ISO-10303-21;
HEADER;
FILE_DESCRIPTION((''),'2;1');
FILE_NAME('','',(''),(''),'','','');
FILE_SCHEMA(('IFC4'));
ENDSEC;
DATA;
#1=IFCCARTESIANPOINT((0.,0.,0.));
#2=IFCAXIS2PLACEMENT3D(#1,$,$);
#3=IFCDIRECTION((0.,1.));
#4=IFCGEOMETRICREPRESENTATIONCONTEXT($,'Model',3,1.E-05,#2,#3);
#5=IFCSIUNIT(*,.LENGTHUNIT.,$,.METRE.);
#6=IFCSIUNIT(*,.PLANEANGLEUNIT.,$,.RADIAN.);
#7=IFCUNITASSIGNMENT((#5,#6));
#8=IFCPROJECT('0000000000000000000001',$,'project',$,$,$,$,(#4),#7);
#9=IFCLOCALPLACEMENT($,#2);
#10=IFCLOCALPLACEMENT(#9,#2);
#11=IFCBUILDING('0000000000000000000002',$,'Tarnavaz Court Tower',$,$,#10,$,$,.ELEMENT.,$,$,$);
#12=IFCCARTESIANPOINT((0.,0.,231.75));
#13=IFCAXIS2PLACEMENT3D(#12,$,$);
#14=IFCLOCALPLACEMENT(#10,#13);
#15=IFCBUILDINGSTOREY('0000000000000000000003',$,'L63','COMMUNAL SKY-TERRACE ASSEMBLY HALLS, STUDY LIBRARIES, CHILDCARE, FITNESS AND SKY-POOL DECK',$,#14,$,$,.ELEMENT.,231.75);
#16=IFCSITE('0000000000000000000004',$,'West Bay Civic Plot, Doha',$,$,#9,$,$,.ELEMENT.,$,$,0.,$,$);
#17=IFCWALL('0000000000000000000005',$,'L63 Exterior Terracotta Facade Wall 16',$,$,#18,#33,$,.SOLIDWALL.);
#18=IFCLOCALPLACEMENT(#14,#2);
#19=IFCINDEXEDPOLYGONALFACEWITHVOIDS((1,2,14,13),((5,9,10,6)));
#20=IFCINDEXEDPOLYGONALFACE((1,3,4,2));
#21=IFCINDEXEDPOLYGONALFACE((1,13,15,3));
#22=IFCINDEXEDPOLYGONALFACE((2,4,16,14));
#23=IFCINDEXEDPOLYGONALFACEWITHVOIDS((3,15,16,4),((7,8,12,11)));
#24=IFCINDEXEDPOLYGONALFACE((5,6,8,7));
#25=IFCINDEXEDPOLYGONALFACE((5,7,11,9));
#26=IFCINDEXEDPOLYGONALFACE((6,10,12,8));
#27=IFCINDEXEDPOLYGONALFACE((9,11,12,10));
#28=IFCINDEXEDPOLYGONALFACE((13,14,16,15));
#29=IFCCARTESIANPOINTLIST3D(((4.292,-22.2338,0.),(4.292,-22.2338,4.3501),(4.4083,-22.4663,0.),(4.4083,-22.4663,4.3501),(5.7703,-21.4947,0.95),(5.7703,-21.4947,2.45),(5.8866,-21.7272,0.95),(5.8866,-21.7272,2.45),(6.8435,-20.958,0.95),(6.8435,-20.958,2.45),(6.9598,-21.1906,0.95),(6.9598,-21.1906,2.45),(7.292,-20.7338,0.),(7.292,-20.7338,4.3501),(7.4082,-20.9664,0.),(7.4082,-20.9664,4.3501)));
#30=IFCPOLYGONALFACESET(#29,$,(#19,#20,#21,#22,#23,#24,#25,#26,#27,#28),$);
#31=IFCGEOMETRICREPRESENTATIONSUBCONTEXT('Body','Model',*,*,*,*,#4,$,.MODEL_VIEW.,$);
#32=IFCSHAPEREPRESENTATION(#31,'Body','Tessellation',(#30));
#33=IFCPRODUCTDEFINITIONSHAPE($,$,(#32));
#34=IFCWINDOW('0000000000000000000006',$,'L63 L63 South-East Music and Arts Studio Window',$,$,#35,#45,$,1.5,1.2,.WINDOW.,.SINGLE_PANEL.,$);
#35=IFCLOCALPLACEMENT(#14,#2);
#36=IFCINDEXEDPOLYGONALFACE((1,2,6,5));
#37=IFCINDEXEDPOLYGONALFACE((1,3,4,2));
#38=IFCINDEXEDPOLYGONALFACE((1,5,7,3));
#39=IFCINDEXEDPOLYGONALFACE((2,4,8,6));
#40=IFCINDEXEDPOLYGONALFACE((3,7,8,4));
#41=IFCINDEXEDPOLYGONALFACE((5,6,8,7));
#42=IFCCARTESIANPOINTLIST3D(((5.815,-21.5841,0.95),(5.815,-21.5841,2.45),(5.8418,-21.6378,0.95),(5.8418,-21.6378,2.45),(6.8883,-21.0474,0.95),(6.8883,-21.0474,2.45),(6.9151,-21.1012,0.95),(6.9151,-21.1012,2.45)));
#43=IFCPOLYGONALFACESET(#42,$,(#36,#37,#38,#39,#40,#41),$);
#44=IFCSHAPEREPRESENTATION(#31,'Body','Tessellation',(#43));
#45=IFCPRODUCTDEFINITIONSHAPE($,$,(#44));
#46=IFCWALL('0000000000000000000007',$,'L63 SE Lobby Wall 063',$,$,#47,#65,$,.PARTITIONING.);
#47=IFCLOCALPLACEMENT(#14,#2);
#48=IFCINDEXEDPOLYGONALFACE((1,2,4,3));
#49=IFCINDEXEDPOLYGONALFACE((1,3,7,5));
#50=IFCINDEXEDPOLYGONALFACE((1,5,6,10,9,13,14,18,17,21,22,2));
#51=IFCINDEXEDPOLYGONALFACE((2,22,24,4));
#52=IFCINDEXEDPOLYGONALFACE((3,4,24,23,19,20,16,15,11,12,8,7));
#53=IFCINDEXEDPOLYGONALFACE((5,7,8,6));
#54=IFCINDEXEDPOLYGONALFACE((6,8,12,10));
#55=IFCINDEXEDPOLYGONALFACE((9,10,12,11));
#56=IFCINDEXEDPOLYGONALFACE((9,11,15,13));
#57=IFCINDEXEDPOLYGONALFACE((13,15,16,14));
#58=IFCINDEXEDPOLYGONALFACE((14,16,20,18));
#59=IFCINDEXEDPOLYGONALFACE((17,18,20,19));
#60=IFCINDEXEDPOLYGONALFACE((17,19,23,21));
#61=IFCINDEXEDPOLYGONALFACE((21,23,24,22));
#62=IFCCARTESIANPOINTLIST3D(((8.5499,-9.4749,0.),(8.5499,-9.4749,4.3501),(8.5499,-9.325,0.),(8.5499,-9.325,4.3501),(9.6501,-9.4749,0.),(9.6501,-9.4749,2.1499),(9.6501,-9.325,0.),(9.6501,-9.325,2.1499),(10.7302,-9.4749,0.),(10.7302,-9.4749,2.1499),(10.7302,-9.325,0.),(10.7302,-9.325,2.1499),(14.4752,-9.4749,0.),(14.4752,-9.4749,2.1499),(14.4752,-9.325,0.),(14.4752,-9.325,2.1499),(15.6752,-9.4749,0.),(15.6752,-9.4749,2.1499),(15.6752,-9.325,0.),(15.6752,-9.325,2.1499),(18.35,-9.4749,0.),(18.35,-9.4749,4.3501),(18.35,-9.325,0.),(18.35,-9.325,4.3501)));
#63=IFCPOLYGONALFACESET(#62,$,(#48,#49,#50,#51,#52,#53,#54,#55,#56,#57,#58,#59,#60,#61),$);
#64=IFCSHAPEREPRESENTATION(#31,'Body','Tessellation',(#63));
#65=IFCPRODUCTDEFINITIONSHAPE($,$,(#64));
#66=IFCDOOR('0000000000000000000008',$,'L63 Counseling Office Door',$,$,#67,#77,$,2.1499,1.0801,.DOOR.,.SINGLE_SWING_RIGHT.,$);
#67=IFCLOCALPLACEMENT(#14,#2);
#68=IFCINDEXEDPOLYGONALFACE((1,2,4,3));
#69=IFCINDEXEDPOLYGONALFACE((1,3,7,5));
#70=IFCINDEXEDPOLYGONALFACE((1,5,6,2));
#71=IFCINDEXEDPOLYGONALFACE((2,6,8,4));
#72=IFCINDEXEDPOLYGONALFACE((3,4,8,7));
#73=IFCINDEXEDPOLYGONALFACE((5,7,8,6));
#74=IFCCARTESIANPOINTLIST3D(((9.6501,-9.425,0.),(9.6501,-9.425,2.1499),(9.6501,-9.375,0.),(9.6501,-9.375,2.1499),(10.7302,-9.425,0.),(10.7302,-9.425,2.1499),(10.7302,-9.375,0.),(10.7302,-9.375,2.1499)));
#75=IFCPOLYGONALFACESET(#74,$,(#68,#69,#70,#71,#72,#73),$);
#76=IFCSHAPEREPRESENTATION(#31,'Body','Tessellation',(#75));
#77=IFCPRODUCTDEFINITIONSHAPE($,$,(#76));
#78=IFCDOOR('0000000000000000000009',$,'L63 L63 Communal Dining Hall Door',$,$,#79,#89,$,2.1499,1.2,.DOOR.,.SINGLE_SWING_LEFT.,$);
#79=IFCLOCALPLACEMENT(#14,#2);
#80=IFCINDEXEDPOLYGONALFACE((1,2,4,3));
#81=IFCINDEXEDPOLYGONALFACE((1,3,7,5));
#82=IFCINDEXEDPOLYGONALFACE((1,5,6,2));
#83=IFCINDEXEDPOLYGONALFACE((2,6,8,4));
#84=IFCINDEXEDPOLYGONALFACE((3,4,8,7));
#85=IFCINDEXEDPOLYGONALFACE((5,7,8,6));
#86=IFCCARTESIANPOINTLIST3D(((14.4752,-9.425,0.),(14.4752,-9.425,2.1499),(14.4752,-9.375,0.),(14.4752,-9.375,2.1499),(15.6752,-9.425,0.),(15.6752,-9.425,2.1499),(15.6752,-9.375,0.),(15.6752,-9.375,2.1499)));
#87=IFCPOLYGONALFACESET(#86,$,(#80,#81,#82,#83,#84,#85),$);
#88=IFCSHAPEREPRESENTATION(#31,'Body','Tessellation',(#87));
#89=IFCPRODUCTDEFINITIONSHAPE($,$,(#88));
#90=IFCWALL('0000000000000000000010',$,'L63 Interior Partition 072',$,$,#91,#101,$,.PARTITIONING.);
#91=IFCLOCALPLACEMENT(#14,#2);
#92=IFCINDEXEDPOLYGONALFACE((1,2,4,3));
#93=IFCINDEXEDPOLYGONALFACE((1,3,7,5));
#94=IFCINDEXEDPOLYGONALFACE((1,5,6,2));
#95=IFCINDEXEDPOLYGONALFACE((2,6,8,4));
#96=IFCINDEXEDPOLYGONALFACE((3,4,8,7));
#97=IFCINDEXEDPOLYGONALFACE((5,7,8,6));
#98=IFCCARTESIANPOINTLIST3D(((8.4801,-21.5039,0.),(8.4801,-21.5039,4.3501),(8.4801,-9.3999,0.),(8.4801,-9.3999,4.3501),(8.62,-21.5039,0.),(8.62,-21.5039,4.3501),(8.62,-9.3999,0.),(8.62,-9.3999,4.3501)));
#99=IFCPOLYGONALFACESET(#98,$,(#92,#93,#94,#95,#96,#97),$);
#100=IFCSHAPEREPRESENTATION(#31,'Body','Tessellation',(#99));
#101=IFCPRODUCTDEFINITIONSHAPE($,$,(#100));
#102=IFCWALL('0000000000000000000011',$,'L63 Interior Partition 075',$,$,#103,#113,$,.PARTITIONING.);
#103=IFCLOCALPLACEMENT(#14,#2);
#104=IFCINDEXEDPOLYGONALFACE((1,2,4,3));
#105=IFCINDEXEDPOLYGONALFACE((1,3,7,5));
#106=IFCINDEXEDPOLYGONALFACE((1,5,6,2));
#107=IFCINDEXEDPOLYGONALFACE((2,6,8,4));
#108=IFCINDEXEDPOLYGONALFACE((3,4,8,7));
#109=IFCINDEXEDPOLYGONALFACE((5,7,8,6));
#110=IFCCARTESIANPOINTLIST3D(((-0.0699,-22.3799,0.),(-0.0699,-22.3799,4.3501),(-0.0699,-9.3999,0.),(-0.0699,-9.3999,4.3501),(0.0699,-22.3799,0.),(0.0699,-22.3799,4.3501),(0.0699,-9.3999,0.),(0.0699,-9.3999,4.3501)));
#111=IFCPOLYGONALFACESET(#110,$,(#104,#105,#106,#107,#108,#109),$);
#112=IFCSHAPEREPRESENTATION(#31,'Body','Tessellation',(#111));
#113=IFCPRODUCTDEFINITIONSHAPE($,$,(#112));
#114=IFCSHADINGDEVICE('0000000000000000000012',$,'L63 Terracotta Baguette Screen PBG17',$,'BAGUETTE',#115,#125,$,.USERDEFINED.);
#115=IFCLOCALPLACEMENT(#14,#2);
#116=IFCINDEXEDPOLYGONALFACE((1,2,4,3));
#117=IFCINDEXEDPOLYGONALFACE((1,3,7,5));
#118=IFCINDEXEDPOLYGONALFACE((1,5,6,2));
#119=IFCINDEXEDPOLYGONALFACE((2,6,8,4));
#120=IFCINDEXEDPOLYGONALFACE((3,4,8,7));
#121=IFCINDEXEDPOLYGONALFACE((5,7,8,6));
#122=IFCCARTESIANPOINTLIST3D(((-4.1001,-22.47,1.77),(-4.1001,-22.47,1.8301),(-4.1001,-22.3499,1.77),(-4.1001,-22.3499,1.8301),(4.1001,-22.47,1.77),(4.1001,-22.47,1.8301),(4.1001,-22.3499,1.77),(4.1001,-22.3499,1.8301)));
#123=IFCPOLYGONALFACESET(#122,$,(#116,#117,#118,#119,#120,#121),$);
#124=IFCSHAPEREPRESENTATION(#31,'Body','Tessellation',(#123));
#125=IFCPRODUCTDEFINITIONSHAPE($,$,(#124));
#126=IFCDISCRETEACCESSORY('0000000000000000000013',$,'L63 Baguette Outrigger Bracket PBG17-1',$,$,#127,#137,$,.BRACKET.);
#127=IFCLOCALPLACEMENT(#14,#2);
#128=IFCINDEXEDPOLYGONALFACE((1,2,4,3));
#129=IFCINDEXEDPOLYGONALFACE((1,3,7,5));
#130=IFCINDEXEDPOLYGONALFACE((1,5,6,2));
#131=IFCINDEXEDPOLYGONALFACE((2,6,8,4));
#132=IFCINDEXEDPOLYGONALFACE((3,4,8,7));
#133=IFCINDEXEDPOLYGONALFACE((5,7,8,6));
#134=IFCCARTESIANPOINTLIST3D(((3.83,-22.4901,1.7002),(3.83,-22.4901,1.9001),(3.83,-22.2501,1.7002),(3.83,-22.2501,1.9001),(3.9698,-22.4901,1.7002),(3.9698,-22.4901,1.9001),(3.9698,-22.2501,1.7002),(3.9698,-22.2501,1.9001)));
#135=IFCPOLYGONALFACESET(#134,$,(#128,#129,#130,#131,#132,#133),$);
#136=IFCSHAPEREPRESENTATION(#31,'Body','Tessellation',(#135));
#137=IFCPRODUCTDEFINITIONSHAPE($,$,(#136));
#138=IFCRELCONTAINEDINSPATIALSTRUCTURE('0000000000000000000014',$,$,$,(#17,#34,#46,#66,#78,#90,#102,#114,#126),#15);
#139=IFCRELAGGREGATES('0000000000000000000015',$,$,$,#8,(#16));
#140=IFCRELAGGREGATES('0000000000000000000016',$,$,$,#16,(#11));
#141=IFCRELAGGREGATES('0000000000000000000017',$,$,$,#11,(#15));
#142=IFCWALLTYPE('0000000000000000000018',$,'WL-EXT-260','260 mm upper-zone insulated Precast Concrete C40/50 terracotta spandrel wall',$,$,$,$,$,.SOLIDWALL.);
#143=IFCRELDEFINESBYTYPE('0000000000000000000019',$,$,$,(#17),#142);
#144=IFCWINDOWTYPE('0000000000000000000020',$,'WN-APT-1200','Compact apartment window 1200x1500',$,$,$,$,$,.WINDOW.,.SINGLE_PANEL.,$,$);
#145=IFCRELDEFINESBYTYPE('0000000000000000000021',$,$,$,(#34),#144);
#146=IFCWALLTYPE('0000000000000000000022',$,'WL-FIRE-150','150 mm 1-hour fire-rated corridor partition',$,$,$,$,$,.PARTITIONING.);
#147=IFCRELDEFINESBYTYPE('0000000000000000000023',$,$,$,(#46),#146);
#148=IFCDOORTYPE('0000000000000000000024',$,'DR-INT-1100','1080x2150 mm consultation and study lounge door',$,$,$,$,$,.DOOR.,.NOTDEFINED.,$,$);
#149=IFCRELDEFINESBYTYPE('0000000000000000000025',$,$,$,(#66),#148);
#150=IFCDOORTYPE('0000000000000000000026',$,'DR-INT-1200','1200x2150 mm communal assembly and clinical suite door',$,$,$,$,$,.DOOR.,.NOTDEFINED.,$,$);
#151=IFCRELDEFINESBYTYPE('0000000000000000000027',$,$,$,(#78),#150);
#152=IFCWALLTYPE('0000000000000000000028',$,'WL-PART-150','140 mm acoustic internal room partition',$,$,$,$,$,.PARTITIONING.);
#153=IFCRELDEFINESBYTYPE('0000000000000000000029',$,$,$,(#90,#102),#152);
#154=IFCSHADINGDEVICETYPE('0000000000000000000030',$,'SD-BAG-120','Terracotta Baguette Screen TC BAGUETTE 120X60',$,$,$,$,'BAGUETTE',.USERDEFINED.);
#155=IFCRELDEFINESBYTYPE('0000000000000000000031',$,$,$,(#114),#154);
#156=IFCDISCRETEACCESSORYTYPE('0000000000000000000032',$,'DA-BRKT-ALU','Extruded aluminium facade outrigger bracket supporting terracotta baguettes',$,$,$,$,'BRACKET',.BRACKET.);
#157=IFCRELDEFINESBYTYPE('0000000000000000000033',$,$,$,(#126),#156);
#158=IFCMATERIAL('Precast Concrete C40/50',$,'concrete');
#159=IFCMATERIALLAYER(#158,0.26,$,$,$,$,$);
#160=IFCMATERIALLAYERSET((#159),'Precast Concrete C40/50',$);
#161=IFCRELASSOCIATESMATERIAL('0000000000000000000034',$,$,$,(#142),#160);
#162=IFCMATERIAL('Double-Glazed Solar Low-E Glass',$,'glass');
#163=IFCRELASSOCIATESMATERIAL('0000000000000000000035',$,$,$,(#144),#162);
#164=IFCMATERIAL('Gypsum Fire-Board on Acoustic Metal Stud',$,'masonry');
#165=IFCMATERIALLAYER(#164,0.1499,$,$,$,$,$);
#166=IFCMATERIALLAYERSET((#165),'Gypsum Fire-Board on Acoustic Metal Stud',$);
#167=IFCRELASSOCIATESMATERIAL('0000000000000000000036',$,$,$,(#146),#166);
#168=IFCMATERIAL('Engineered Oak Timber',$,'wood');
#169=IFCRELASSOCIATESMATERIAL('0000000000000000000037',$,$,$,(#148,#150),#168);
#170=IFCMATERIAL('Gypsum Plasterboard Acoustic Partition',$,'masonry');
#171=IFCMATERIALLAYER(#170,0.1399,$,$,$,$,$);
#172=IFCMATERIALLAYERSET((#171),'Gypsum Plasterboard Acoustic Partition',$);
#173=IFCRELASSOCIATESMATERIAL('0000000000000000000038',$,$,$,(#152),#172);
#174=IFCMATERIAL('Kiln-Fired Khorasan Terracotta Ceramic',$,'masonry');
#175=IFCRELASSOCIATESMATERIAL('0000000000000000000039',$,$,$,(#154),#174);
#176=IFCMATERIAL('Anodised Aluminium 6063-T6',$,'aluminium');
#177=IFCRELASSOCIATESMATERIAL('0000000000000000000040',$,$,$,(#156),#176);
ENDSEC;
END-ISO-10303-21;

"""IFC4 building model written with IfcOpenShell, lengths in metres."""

from ifc_helpers import new_model, si_unit, direction, frame, frame_2d, origin, origin_2d, place, context, subcontext, project, spatial, rectangle, extrude, material, layer, layer_set, material_profile, profile_set, type_object, element, fill, save


model = new_model("IFC4")

# Units and contexts
model_context = context("Model", 3, precision=1e-05, world=origin(), true_north=direction((0.0, 1.0)))
body_context = subcontext(model_context, "Body", "Model", "MODEL_VIEW")
ifc_project = project(units=[si_unit("LENGTHUNIT", "METRE"), si_unit("PLANEANGLEUNIT", "RADIAN")], contexts=[model_context])

# Site, building, storey
site_placement = place(None, origin())
site = spatial("IfcSite", under=ifc_project, at=site_placement, Name="West Bay Civic Plot, Doha", CompositionType="ELEMENT", RefElevation=0.0)
building_placement = place(site_placement, origin())
building = spatial("IfcBuilding", under=site, at=building_placement, Name="Tarnavaz Court Tower", CompositionType="ELEMENT")
storey_placement = place(building_placement, frame((0.0, 0.0, 231.75)))
storey = spatial("IfcBuildingStorey", under=building, at=storey_placement, Name="L63", Description="COMMUNAL SKY-TERRACE ASSEMBLY HALLS, STUDY LIBRARIES, CHILDCARE, FITNESS AND SKY-POOL DECK", CompositionType="ELEMENT", Elevation=231.75)

# Shared definitions
ifc_material_1 = material(Name="Anodised Aluminium 6063-T6", Category="aluminium")

# Shared definitions
ifc_material_2 = material(Name="Double-Glazed Solar Low-E Glass", Category="glass")

# Wall, opening, window
ifc_material_3 = material(Name="Precast Concrete C40/50", Category="concrete")
ifc_layer_1 = layer(ifc_material_3, 0.26)
ifc_layer_set_1 = layer_set([ifc_layer_1], Name="Precast Concrete C40/50")
wall_type_1 = type_object("IfcWallType", Name="WL-EXT-260", Description="260 mm upper-zone insulated Precast Concrete C40/50 terracotta spandrel wall", PredefinedType="SOLIDWALL", material=ifc_layer_set_1)
wall_1_placement = place(storey_placement, frame((7.3501, -20.8501, 0.0), z_axis=(0.0, 0.0, 1.0), x_axis=(-0.894427, -0.447214, 0.0)))
wall_1 = element("IfcWall", 1, at=wall_1_placement, inside=storey, type_object=wall_type_1, Name="L63 Exterior Terracotta Facade Wall 16", PredefinedType="SOLIDWALL", context=body_context, shape_type="SweptSolid", body=[
    extrude(rectangle(XDim=3.354, YDim=0.26, at=frame_2d((1.677, 0.0))), origin(), (0.0, 0.0, 1.0), 4.3501),
])
opening_1_placement = place(wall_1_placement, frame((0.5012, 0.0, 0.95)))
opening_1 = element("IfcOpeningElement", 2, at=opening_1_placement, cuts=wall_1, PredefinedType="OPENING", context=body_context, shape_type="SweptSolid", body=[
    extrude(rectangle(XDim=1.2, YDim=1.5, at=frame_2d((0.6001, 0.75))), frame((0.0, 0.1399, 0.0), z_axis=(0.0, -1.0, 0.0), x_axis=(1.0, 0.0, 0.0)), (0.0, 0.0, 1.0), 0.28),
])
window_type = type_object("IfcWindowType", Name="WN-APT-1200", Description="Compact apartment window 1200x1500", PartitioningType="SINGLE_PANEL", PredefinedType="WINDOW", material=ifc_material_2)
window_placement = place(opening_1_placement, origin())
window = element("IfcWindow", 3, at=window_placement, inside=storey, type_object=window_type, Name="L63 L63 South-East Music and Arts Studio Window", OverallHeight=1.5, OverallWidth=1.2, PartitioningType="SINGLE_PANEL", PredefinedType="WINDOW", context=body_context, shape_type="SweptSolid", body=[
    extrude(rectangle(XDim=1.2, YDim=1.5, at=frame_2d((0.6001, 0.75))), frame((0.0, 0.03, 0.0), z_axis=(0.0, -1.0, 0.0), x_axis=(1.0, 0.0, 0.0)), (0.0, 0.0, 1.0), 0.0601),
])
fill(opening_1, window)

# Wall, openings, doors
ifc_material_4 = material(Name="Gypsum Fire-Board on Acoustic Metal Stud", Category="masonry")
ifc_layer_2 = layer(ifc_material_4, 0.1499)
ifc_layer_set_2 = layer_set([ifc_layer_2], Name="Gypsum Fire-Board on Acoustic Metal Stud")
wall_type_2 = type_object("IfcWallType", Name="WL-FIRE-150", Description="150 mm 1-hour fire-rated corridor partition", PredefinedType="PARTITIONING", material=ifc_layer_set_2)
wall_2_placement = place(storey_placement, frame((8.55, -9.3999, 0.0), z_axis=(0.0, 0.0, 1.0), x_axis=(1.0, 0.0, 0.0)))
wall_2 = element("IfcWall", 4, at=wall_2_placement, inside=storey, type_object=wall_type_2, Name="L63 SE Lobby Wall 063", PredefinedType="PARTITIONING", context=body_context, shape_type="SweptSolid", body=[
    extrude(rectangle(XDim=9.8, YDim=0.1499, at=frame_2d((4.8999, 0.0))), origin(), (0.0, 0.0, 1.0), 4.3501),
])
opening_2_placement = place(wall_2_placement, frame((1.1001, 0.0, 0.0)))
opening_2 = element("IfcOpeningElement", 5, at=opening_2_placement, cuts=wall_2, PredefinedType="OPENING", context=body_context, shape_type="SweptSolid", body=[
    extrude(rectangle(XDim=1.0801, YDim=2.1499, at=frame_2d((0.54, 1.075))), frame((0.0, 0.085, 0.0), z_axis=(0.0, -1.0, 0.0), x_axis=(1.0, 0.0, 0.0)), (0.0, 0.0, 1.0), 0.1699),
])
opening_3_placement = place(wall_2_placement, frame((5.925, 0.0, 0.0)))
opening_3 = element("IfcOpeningElement", 6, at=opening_3_placement, cuts=wall_2, PredefinedType="OPENING", context=body_context, shape_type="SweptSolid", body=[
    extrude(rectangle(XDim=1.2, YDim=2.1499, at=frame_2d((0.6001, 1.075))), frame((0.0, 0.085, 0.0), z_axis=(0.0, -1.0, 0.0), x_axis=(1.0, 0.0, 0.0)), (0.0, 0.0, 1.0), 0.1699),
])
ifc_material_5 = material(Name="Engineered Oak Timber", Category="wood")
door_type_1 = type_object("IfcDoorType", Name="DR-INT-1100", Description="1080x2150 mm consultation and study lounge door", OperationType="NOTDEFINED", PredefinedType="DOOR", material=ifc_material_5)
door_1_placement = place(opening_2_placement, origin())
door_1 = element("IfcDoor", 7, at=door_1_placement, inside=storey, type_object=door_type_1, Name="L63 Counseling Office Door", OperationType="SINGLE_SWING_RIGHT", OverallHeight=2.1499, OverallWidth=1.0801, PredefinedType="DOOR", context=body_context, shape_type="SweptSolid", body=[
    extrude(rectangle(XDim=1.0801, YDim=2.1499, at=frame_2d((0.54, 1.075))), frame((0.0, 0.0249, 0.0), z_axis=(0.0, -1.0, 0.0), x_axis=(1.0, 0.0, 0.0)), (0.0, 0.0, 1.0), 0.05),
])
fill(opening_2, door_1)
door_type_2 = type_object("IfcDoorType", Name="DR-INT-1200", Description="1200x2150 mm communal assembly and clinical suite door", OperationType="NOTDEFINED", PredefinedType="DOOR", material=ifc_material_5)
door_2_placement = place(opening_3_placement, origin())
door_2 = element("IfcDoor", 8, at=door_2_placement, inside=storey, type_object=door_type_2, Name="L63 L63 Communal Dining Hall Door", OperationType="SINGLE_SWING_LEFT", OverallHeight=2.1499, OverallWidth=1.2, PredefinedType="DOOR", context=body_context, shape_type="SweptSolid", body=[
    extrude(rectangle(XDim=1.2, YDim=2.1499, at=frame_2d((0.6001, 1.075))), frame((0.0, 0.0249, 0.0), z_axis=(0.0, -1.0, 0.0), x_axis=(1.0, 0.0, 0.0)), (0.0, 0.0, 1.0), 0.05),
])
fill(opening_3, door_2)

# Walls
ifc_material_6 = material(Name="Gypsum Plasterboard Acoustic Partition", Category="masonry")
ifc_layer_3 = layer(ifc_material_6, 0.1399)
ifc_layer_set_3 = layer_set([ifc_layer_3], Name="Gypsum Plasterboard Acoustic Partition")
wall_type_3 = type_object("IfcWallType", Name="WL-PART-150", Description="140 mm acoustic internal room partition", PredefinedType="PARTITIONING", material=ifc_layer_set_3)
wall_3_placement = place(storey_placement, frame((8.55, -21.5039, 0.0), z_axis=(0.0, 0.0, 1.0), x_axis=(0.0, 1.0, 0.0)))
element("IfcWall", 9, at=wall_3_placement, inside=storey, type_object=wall_type_3, Name="L63 Interior Partition 072", PredefinedType="PARTITIONING", context=body_context, shape_type="SweptSolid", body=[
    extrude(rectangle(XDim=12.104, YDim=0.1399, at=frame_2d((6.052, 0.0))), origin(), (0.0, 0.0, 1.0), 4.3501),
])
wall_4_placement = place(storey_placement, frame((0.0, -22.3799, 0.0), z_axis=(0.0, 0.0, 1.0), x_axis=(0.0, 1.0, 0.0)))
element("IfcWall", 10, at=wall_4_placement, inside=storey, type_object=wall_type_3, Name="L63 Interior Partition 075", PredefinedType="PARTITIONING", context=body_context, shape_type="SweptSolid", body=[
    extrude(rectangle(XDim=12.98, YDim=0.1399, at=frame_2d((6.49, 0.0))), origin(), (0.0, 0.0, 1.0), 4.3501),
])

# Shading device
ifc_material_7 = material(Name="Kiln-Fired Khorasan Terracotta Ceramic", Category="masonry")
ifc_material_profile_1 = material_profile(ifc_material_7, rectangle(XDim=0.1201, YDim=0.0601, at=origin_2d()), Name="TC BAGUETTE 120X60")
ifc_profile_set_1 = profile_set([ifc_material_profile_1], Name="Kiln-Fired Khorasan Terracotta Ceramic")
shading_device_type = type_object("IfcShadingDeviceType", Name="SD-BAG-120", Description="Terracotta Baguette Screen TC BAGUETTE 120X60", ElementType="BAGUETTE", PredefinedType="USERDEFINED", material=ifc_profile_set_1)
shading_device_placement = place(storey_placement, frame((4.1001, -22.4099, 1.8), z_axis=(-1.0, 0.0, 0.0), x_axis=(0.0, -1.0, 0.0)))
element("IfcShadingDevice", 11, at=shading_device_placement, inside=storey, type_object=shading_device_type, Name="L63 Terracotta Baguette Screen PBG17", ObjectType="BAGUETTE", PredefinedType="USERDEFINED", context=body_context, shape_type="SweptSolid", body=[
    extrude(rectangle(XDim=0.1201, YDim=0.0601, at=origin_2d()), origin(), (0.0, 0.0, 1.0), 8.2002),
])

# Discrete accessory
discrete_accessory_type = type_object("IfcDiscreteAccessoryType", Name="DA-BRKT-ALU", Description="Extruded aluminium facade outrigger bracket supporting terracotta baguettes", ElementType="BRACKET", PredefinedType="BRACKET", material=ifc_material_1)
discrete_accessory_placement = place(storey_placement, frame((3.8999, -22.3701, 1.7002), z_axis=(0.0, 0.0, 1.0), x_axis=(-1.0, 0.0, 0.0)))
element("IfcDiscreteAccessory", 12, at=discrete_accessory_placement, inside=storey, type_object=discrete_accessory_type, Name="L63 Baguette Outrigger Bracket PBG17-1", PredefinedType="BRACKET", context=body_context, shape_type="SweptSolid", body=[
    extrude(rectangle(XDim=0.1399, YDim=0.24, at=origin_2d()), origin(), (0.0, 0.0, 1.0), 0.2),
])

save(model, "model.ifc")
